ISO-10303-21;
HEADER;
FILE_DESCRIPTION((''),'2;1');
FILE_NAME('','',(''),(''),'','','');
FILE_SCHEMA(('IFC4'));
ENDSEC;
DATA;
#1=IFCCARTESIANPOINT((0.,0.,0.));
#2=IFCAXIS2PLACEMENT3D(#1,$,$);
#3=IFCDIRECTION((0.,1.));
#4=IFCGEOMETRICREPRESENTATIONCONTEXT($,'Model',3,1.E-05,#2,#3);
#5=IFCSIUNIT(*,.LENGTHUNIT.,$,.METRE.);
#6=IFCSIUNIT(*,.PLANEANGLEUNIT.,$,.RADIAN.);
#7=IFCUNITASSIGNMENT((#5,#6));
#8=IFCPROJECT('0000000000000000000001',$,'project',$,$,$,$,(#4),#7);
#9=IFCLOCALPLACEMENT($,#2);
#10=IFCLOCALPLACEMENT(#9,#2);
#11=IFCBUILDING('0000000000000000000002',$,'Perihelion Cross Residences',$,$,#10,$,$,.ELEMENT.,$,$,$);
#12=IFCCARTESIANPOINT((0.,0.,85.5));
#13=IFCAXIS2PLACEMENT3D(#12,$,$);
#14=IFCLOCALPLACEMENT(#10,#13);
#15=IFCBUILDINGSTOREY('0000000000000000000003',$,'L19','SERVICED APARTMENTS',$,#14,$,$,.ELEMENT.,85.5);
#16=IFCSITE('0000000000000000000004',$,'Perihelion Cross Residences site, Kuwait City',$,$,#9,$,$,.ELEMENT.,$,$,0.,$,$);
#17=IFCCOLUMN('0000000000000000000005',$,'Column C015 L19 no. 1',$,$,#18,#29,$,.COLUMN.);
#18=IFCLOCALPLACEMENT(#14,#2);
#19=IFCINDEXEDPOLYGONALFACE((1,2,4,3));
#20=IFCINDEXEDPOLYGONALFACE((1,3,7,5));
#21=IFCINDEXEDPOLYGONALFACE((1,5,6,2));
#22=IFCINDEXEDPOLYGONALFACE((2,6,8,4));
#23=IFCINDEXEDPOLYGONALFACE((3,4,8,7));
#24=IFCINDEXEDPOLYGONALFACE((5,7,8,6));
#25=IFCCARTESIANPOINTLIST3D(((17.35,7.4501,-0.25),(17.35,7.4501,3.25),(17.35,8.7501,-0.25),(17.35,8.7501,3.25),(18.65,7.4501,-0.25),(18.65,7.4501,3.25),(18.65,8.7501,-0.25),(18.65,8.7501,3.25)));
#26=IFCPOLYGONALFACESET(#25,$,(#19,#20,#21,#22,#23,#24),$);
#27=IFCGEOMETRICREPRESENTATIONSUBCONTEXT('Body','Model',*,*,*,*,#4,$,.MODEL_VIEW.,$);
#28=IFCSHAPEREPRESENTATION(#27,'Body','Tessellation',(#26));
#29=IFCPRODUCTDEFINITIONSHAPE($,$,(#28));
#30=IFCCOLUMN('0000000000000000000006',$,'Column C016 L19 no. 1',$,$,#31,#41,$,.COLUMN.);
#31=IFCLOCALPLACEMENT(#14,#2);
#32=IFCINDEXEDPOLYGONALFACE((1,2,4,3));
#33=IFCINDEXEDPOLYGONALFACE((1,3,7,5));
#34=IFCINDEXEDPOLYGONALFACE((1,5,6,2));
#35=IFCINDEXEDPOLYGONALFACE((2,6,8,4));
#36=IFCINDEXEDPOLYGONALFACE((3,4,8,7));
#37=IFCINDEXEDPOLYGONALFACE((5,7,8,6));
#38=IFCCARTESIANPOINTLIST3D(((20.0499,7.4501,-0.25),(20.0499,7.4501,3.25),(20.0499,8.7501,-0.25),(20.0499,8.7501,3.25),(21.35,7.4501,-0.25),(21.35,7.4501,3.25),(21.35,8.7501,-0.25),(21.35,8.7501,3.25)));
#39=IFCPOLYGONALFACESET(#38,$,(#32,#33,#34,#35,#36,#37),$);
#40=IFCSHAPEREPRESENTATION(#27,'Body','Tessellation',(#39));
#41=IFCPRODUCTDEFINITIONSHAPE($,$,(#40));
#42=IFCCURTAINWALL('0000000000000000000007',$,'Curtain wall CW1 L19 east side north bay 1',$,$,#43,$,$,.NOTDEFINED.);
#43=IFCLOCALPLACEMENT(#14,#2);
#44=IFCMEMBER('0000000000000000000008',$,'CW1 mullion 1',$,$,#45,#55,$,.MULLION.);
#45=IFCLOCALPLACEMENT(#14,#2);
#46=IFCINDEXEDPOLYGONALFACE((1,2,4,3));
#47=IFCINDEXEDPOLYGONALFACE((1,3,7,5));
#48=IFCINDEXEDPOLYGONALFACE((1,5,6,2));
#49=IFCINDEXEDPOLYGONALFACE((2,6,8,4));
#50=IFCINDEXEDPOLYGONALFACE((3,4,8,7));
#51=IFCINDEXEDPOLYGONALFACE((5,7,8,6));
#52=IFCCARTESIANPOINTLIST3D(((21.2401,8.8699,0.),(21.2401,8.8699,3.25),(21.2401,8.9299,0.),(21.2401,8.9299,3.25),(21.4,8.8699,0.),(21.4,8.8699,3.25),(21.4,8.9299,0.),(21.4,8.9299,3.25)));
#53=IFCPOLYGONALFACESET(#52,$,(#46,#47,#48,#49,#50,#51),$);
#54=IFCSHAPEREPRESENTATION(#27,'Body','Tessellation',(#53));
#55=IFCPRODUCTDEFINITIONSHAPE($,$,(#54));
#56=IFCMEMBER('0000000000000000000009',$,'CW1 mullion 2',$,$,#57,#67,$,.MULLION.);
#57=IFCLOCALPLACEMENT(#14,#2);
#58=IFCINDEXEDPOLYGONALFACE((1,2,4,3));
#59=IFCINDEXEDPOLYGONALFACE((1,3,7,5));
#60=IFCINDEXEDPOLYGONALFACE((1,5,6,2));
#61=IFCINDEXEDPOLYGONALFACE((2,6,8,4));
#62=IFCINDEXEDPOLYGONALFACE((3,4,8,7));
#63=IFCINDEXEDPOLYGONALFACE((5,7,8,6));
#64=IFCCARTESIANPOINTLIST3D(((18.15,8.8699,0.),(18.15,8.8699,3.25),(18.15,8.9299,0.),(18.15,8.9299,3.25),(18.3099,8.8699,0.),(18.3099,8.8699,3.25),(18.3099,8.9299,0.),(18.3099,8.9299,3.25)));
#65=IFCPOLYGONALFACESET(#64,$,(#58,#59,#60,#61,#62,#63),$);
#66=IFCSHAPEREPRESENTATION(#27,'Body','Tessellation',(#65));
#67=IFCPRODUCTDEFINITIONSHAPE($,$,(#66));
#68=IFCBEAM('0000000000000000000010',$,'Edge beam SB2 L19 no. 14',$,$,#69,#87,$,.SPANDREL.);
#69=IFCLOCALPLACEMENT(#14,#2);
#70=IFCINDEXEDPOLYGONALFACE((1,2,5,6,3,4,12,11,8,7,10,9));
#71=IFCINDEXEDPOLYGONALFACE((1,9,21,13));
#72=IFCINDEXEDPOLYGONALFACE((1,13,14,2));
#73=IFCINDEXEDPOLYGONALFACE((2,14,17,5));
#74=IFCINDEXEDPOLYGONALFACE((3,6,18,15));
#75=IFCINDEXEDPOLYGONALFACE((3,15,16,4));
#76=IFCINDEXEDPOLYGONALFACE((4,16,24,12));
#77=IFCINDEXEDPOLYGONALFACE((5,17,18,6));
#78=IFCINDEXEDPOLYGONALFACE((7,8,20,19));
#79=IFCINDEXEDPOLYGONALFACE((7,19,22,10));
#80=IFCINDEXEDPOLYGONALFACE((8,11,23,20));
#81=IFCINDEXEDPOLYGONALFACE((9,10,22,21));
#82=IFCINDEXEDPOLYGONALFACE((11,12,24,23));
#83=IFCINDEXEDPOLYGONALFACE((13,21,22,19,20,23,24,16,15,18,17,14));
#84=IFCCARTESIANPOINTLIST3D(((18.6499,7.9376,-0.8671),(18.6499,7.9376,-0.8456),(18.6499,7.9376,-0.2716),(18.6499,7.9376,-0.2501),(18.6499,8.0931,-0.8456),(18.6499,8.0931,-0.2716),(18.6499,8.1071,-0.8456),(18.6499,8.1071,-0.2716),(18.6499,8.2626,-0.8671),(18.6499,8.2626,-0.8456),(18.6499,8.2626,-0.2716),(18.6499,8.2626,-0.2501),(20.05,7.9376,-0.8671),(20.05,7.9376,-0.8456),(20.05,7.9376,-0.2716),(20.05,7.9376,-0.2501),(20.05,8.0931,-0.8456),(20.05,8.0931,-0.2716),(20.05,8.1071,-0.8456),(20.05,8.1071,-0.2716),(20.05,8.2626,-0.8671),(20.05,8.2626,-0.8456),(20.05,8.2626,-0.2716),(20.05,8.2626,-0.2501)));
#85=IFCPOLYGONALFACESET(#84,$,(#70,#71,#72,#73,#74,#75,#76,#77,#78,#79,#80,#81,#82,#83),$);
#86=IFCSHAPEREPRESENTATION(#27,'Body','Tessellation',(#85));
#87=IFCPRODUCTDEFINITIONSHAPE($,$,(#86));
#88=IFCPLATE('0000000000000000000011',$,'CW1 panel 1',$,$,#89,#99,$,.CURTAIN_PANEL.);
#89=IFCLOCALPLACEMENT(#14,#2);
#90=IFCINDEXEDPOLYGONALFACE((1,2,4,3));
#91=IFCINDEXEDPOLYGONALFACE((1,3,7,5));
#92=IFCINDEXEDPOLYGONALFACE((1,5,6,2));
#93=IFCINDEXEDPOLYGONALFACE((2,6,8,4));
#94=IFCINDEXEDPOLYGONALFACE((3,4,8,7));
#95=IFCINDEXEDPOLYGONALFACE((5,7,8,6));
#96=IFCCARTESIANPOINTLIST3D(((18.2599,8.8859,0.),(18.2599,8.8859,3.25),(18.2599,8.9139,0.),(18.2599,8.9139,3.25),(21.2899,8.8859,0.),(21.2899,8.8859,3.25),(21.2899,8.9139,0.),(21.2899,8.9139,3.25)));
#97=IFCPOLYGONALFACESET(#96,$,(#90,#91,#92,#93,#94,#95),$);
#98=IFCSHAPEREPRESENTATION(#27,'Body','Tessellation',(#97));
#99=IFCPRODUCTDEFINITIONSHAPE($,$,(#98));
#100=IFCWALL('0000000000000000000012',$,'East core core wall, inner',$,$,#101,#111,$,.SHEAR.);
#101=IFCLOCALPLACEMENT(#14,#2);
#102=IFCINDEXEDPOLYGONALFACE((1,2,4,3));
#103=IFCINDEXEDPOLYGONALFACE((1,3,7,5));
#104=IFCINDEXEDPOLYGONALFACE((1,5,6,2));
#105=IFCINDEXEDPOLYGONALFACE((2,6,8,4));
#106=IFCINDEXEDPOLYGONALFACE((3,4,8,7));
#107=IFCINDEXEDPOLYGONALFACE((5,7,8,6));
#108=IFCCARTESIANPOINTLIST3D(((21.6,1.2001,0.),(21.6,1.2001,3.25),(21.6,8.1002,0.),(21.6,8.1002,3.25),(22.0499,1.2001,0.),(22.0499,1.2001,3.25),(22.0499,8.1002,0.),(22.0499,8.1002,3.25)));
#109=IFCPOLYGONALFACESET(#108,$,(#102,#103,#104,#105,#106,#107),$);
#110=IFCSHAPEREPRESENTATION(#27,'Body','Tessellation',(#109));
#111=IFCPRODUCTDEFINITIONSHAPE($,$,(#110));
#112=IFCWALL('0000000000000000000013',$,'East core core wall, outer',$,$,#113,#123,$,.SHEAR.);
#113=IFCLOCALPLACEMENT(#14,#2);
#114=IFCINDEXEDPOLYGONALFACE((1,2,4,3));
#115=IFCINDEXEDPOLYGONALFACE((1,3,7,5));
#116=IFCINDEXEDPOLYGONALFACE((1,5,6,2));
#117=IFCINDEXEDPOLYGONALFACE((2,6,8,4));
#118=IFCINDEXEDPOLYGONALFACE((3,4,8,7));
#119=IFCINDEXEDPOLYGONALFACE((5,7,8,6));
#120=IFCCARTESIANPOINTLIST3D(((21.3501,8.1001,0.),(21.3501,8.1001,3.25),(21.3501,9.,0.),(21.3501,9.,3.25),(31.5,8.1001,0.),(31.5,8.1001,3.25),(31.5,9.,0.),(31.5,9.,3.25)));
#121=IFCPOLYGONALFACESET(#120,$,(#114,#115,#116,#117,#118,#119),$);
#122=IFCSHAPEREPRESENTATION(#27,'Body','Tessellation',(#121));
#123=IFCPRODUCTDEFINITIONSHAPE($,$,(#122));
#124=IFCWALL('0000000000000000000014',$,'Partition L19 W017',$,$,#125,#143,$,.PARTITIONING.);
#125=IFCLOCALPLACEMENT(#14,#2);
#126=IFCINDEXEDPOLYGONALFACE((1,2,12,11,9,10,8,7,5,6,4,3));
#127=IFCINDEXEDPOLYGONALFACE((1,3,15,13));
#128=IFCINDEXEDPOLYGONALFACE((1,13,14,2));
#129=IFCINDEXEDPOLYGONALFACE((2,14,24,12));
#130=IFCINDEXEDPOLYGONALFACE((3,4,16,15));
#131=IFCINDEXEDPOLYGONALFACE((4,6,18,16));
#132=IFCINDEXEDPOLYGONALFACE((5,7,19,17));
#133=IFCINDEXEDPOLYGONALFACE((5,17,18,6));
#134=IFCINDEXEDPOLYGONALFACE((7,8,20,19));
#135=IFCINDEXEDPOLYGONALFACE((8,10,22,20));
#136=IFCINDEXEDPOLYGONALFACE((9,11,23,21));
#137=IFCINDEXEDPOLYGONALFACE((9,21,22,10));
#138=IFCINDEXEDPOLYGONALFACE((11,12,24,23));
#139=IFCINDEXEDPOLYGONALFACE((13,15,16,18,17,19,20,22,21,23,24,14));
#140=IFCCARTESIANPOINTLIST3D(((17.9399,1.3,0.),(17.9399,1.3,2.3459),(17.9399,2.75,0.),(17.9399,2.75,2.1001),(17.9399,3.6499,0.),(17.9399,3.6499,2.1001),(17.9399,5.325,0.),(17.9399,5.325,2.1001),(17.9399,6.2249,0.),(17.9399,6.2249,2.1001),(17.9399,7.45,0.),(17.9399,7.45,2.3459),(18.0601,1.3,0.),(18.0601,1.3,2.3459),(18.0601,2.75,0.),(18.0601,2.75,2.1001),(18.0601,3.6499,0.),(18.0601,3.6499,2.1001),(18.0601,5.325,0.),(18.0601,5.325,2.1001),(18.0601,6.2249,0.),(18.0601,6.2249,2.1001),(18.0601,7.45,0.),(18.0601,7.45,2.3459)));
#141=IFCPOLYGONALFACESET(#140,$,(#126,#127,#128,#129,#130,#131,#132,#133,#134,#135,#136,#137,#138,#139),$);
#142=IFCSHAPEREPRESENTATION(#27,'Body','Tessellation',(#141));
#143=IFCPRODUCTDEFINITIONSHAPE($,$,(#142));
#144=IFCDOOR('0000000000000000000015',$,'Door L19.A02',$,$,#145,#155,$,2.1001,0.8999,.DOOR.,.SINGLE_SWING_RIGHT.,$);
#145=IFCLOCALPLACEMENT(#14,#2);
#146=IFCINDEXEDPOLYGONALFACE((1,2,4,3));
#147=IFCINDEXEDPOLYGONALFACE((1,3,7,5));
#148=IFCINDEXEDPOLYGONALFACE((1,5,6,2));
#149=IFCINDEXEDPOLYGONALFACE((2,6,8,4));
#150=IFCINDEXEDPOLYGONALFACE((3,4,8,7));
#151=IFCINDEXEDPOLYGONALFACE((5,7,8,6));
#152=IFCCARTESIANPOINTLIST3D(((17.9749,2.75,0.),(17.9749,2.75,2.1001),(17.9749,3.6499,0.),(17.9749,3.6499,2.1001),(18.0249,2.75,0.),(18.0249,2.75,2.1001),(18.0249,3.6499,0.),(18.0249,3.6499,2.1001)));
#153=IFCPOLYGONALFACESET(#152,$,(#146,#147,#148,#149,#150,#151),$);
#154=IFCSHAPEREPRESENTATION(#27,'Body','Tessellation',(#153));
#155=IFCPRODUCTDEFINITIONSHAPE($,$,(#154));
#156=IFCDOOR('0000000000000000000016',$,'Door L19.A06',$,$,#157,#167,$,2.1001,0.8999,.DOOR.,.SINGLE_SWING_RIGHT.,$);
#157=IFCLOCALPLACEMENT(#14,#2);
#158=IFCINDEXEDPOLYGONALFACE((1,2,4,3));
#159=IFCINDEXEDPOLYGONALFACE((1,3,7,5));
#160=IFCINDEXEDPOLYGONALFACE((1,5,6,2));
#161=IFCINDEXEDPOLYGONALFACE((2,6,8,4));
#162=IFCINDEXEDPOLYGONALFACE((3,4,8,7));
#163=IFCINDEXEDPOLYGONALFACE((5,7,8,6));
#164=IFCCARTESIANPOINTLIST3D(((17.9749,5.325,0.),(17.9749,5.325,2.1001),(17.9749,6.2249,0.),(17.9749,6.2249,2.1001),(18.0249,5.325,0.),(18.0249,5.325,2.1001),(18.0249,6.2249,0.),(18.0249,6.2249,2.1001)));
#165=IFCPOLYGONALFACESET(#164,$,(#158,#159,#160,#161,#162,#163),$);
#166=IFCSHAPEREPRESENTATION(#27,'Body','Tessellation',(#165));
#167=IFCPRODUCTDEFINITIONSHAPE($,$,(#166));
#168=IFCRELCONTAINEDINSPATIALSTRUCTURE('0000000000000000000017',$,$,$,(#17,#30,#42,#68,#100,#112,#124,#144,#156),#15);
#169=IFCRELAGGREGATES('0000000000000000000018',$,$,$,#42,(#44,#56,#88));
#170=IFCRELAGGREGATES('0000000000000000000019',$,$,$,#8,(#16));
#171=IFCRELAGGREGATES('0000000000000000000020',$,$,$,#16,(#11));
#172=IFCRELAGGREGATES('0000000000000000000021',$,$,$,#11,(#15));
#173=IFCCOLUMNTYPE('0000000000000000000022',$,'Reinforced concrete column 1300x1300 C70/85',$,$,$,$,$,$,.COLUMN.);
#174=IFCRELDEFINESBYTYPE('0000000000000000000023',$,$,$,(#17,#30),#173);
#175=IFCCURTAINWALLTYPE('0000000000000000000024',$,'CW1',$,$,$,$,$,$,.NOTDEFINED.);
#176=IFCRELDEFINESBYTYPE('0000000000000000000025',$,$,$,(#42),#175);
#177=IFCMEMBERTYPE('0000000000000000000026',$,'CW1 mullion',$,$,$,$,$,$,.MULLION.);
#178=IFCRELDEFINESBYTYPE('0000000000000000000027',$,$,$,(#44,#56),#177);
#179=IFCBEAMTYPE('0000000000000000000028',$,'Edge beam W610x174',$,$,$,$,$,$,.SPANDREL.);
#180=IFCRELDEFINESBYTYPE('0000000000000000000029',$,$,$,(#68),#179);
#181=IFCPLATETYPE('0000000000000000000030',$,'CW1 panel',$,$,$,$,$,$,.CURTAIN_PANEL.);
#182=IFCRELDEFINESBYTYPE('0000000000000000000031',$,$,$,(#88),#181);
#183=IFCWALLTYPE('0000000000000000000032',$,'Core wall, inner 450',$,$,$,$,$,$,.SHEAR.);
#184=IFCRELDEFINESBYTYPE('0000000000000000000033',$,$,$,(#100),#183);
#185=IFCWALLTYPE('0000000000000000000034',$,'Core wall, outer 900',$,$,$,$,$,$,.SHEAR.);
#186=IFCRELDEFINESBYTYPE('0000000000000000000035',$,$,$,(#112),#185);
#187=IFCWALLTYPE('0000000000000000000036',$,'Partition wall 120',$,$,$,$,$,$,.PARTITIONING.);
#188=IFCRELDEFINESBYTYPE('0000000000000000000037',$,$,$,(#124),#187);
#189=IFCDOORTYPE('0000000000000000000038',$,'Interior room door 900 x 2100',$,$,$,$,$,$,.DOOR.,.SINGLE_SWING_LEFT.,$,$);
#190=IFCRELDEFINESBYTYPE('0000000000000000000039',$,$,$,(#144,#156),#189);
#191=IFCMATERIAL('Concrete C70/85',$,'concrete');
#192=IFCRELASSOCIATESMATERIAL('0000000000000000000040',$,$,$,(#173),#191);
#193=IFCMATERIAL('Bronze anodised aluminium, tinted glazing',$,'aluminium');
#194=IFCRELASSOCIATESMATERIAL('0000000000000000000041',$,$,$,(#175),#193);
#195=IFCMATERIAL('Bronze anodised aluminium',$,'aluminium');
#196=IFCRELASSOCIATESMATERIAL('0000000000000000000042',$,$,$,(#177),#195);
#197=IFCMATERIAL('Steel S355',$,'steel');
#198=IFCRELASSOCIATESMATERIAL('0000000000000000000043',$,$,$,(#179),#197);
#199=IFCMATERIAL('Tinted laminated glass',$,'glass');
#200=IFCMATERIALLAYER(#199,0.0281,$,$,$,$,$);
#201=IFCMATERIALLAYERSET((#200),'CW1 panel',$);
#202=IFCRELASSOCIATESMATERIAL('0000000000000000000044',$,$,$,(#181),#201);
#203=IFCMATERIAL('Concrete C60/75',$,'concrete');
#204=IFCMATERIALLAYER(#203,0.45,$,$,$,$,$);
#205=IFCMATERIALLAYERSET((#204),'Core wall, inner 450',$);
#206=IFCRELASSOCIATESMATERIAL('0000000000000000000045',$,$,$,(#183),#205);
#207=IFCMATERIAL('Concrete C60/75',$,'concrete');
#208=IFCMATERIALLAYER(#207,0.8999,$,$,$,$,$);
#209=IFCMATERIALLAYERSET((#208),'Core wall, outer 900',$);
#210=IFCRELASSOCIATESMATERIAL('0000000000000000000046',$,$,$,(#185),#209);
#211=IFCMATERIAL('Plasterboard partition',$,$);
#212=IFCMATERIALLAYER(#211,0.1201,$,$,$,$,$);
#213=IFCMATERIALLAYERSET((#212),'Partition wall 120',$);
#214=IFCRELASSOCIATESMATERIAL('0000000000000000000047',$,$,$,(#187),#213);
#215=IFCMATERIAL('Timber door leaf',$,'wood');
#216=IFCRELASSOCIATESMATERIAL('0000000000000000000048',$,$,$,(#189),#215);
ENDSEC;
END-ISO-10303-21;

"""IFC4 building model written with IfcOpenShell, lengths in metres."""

from ifc_helpers import new_model, si_unit, direction, frame, frame_2d, origin, origin_2d, place, context, subcontext, project, spatial, rectangle, i_section, extrude, material, layer, layer_set, material_profile, profile_set, type_object, element, fill, aggregate, save


model = new_model("IFC4")

# Units and contexts
model_context = context("Model", 3, precision=1e-05, world=origin(), true_north=direction((0.0, 1.0)))
body_context = subcontext(model_context, "Body", "Model", "MODEL_VIEW")
ifc_project = project(units=[si_unit("LENGTHUNIT", "METRE"), si_unit("PLANEANGLEUNIT", "RADIAN")], contexts=[model_context])

# Site, building, storey
site_placement = place(None, origin())
site = spatial("IfcSite", under=ifc_project, at=site_placement, Name="Perihelion Cross Residences site, Kuwait City", CompositionType="ELEMENT", RefElevation=0.0)
building_placement = place(site_placement, origin())
building = spatial("IfcBuilding", under=site, at=building_placement, Name="Perihelion Cross Residences", CompositionType="ELEMENT")
storey_placement = place(building_placement, frame((0.0, 0.0, 85.5)))
storey = spatial("IfcBuildingStorey", under=building, at=storey_placement, Name="L19", Description="SERVICED APARTMENTS", CompositionType="ELEMENT", Elevation=85.5)

# Columns
ifc_material_1 = material(Name="Concrete C70/85", Category="concrete")
ifc_material_profile_1 = material_profile(ifc_material_1, rectangle(XDim=1.3, YDim=1.3, at=origin_2d()), Name="RC 1300x1300")
ifc_profile_set_1 = profile_set([ifc_material_profile_1], Name="Concrete C70/85")
column_type = type_object("IfcColumnType", Name="Reinforced concrete column 1300x1300 C70/85", PredefinedType="COLUMN", material=ifc_profile_set_1)
for number, where, z_axis, x_axis, name in (
    (1, (18.0, 8.1001, -0.25), (0.0, 0.0, 1.0), (1.0, 0.0, 0.0), "Column C015 L19 no. 1"),
    (2, (20.7, 8.1001, -0.25), (0.0, 0.0, 1.0), (1.0, 0.0, 0.0), "Column C016 L19 no. 1"),
):
    element("IfcColumn", number, at=place(storey_placement, frame(where, z_axis=z_axis, x_axis=x_axis)), inside=storey, type_object=column_type, Name=name, PredefinedType="COLUMN", context=body_context, shape_type="SweptSolid", body=[
        extrude(rectangle(XDim=1.3, YDim=1.3, at=origin_2d()), origin(), (0.0, 0.0, 1.0), 3.5),
    ])

# Curtain wall, members
ifc_material_2 = material(Name="Bronze anodised aluminium, tinted glazing", Category="aluminium")
curtain_wall_type = type_object("IfcCurtainWallType", Name="CW1", PredefinedType="NOTDEFINED", material=ifc_material_2)
curtain_wall_placement = place(storey_placement, origin())
curtain_wall = element("IfcCurtainWall", 3, at=curtain_wall_placement, inside=storey, type_object=curtain_wall_type, Name="Curtain wall CW1 L19 east side north bay 1", PredefinedType="NOTDEFINED")
ifc_material_3 = material(Name="Bronze anodised aluminium", Category="aluminium")
ifc_material_profile_2 = material_profile(ifc_material_3, rectangle(XDim=0.0601, YDim=0.1599, at=origin_2d()), Name="CW1 mullion")
ifc_profile_set_2 = profile_set([ifc_material_profile_2], Name="Bronze anodised aluminium")
member_type = type_object("IfcMemberType", Name="CW1 mullion", PredefinedType="MULLION", material=ifc_profile_set_2)
member_1_placement = place(storey_placement, frame((21.3201, 8.8999, 0.0), z_axis=(0.0, 0.0, 1.0), x_axis=(0.0, -1.0, 0.0)))
member_1 = element("IfcMember", 4, at=member_1_placement, type_object=member_type, Name="CW1 mullion 1", PredefinedType="MULLION", context=body_context, shape_type="SweptSolid", body=[
    extrude(rectangle(XDim=0.0601, YDim=0.1599, at=origin_2d()), origin(), (0.0, 0.0, 1.0), 3.25),
])
member_2_placement = place(storey_placement, frame((18.23, 8.8999, 0.0), z_axis=(0.0, 0.0, 1.0), x_axis=(0.0, -1.0, 0.0)))
member_2 = element("IfcMember", 5, at=member_2_placement, type_object=member_type, Name="CW1 mullion 2", PredefinedType="MULLION", context=body_context, shape_type="SweptSolid", body=[
    extrude(rectangle(XDim=0.0601, YDim=0.1599, at=origin_2d()), origin(), (0.0, 0.0, 1.0), 3.25),
])

# Beam
ifc_material_4 = material(Name="Steel S355", Category="steel")
ifc_material_profile_3 = material_profile(ifc_material_4, i_section(OverallWidth=0.325, OverallDepth=0.6169, WebThickness=0.0139, FlangeThickness=0.0215, at=origin_2d()), Name="W610x174")
ifc_profile_set_3 = profile_set([ifc_material_profile_3], Name="Steel S355")
beam_type = type_object("IfcBeamType", Name="Edge beam W610x174", PredefinedType="SPANDREL", material=ifc_profile_set_3)
beam_placement = place(storey_placement, frame((20.05, 8.1001, -0.5586), z_axis=(-1.0, 0.0, 0.0), x_axis=(0.0, -1.0, 0.0)))
element("IfcBeam", 6, at=beam_placement, inside=storey, type_object=beam_type, Name="Edge beam SB2 L19 no. 14", PredefinedType="SPANDREL", context=body_context, shape_type="SweptSolid", body=[
    extrude(i_section(OverallWidth=0.325, OverallDepth=0.6169, WebThickness=0.0139, FlangeThickness=0.0215, at=origin_2d()), origin(), (0.0, 0.0, 1.0), 1.4001),
])

# Plate
ifc_material_5 = material(Name="Tinted laminated glass", Category="glass")
ifc_layer_1 = layer(ifc_material_5, 0.0281)
ifc_layer_set_1 = layer_set([ifc_layer_1], Name="CW1 panel")
plate_type = type_object("IfcPlateType", Name="CW1 panel", PredefinedType="CURTAIN_PANEL", material=ifc_layer_set_1)
plate_placement = place(storey_placement, frame((19.7749, 8.8999, 0.0), z_axis=(0.0, 0.0, 1.0), x_axis=(-1.0, 0.0, 0.0)))
plate = element("IfcPlate", 7, at=plate_placement, type_object=plate_type, Name="CW1 panel 1", PredefinedType="CURTAIN_PANEL", context=body_context, shape_type="SweptSolid", body=[
    extrude(rectangle(XDim=3.03, YDim=0.0281, at=origin_2d()), origin(), (0.0, 0.0, 1.0), 3.25),
])
aggregate(curtain_wall, [member_1, member_2, plate])

# Walls
ifc_material_6 = material(Name="Concrete C60/75", Category="concrete")
ifc_layer_2 = layer(ifc_material_6, 0.45)
ifc_layer_set_2 = layer_set([ifc_layer_2], Name="Core wall, inner 450")
wall_type_1 = type_object("IfcWallType", Name="Core wall, inner 450", PredefinedType="SHEAR", material=ifc_layer_set_2)
wall_1_placement = place(storey_placement, frame((21.825, 1.2, 0.0), z_axis=(0.0, 0.0, 1.0), x_axis=(0.0, 1.0, 0.0)))
element("IfcWall", 8, at=wall_1_placement, inside=storey, type_object=wall_type_1, Name="East core core wall, inner", PredefinedType="SHEAR", context=body_context, shape_type="SweptSolid", body=[
    extrude(rectangle(XDim=6.9001, YDim=0.45, at=frame_2d((3.4502, 0.0))), origin(), (0.0, 0.0, 1.0), 3.25),
])
ifc_material_7 = material(Name="Concrete C60/75", Category="concrete")
ifc_layer_3 = layer(ifc_material_7, 0.8999)
ifc_layer_set_3 = layer_set([ifc_layer_3], Name="Core wall, outer 900")
wall_type_2 = type_object("IfcWallType", Name="Core wall, outer 900", PredefinedType="SHEAR", material=ifc_layer_set_3)
wall_2_placement = place(storey_placement, frame((21.3501, 8.55, 0.0), z_axis=(0.0, 0.0, 1.0), x_axis=(1.0, 0.0, 0.0)))
element("IfcWall", 9, at=wall_2_placement, inside=storey, type_object=wall_type_2, Name="East core core wall, outer", PredefinedType="SHEAR", context=body_context, shape_type="SweptSolid", body=[
    extrude(rectangle(XDim=10.1499, YDim=0.8999, at=frame_2d((5.075, 0.0))), origin(), (0.0, 0.0, 1.0), 3.25),
])

# Wall, openings, doors
ifc_material_8 = material(Name="Plasterboard partition")
ifc_layer_4 = layer(ifc_material_8, 0.1201)
ifc_layer_set_4 = layer_set([ifc_layer_4], Name="Partition wall 120")
wall_type_3 = type_object("IfcWallType", Name="Partition wall 120", PredefinedType="PARTITIONING", material=ifc_layer_set_4)
wall_3_placement = place(storey_placement, frame((18.0, 7.45, 0.0), z_axis=(0.0, 0.0, 1.0), x_axis=(0.0, -1.0, 0.0)))
wall_3 = element("IfcWall", 10, at=wall_3_placement, inside=storey, type_object=wall_type_3, Name="Partition L19 W017", PredefinedType="PARTITIONING", context=body_context, shape_type="SweptSolid", body=[
    extrude(rectangle(XDim=6.1499, YDim=0.1201, at=frame_2d((3.075, 0.0))), origin(), (0.0, 0.0, 1.0), 2.3459),
])
opening_1_placement = place(wall_3_placement, frame((3.8, 0.0, 0.0)))
opening_1 = element("IfcOpeningElement", 11, at=opening_1_placement, cuts=wall_3, PredefinedType="OPENING", context=body_context, shape_type="SweptSolid", body=[
    extrude(rectangle(XDim=0.8999, YDim=2.1001, at=frame_2d((0.45, 1.05))), frame((0.0, 0.0701, 0.0), z_axis=(0.0, -1.0, 0.0), x_axis=(1.0, 0.0, 0.0)), (0.0, 0.0, 1.0), 0.1401),
])
opening_2_placement = place(wall_3_placement, frame((1.2251, 0.0, 0.0)))
opening_2 = element("IfcOpeningElement", 12, at=opening_2_placement, cuts=wall_3, PredefinedType="OPENING", context=body_context, shape_type="SweptSolid", body=[
    extrude(rectangle(XDim=0.8999, YDim=2.1001, at=frame_2d((0.45, 1.05))), frame((0.0, 0.0701, 0.0), z_axis=(0.0, -1.0, 0.0), x_axis=(1.0, 0.0, 0.0)), (0.0, 0.0, 1.0), 0.1401),
])
ifc_material_9 = material(Name="Timber door leaf", Category="wood")
door_type_1 = type_object("IfcDoorType", Name="Interior room door 900 x 2100", OperationType="SINGLE_SWING_LEFT", PredefinedType="DOOR", material=ifc_material_9)
door_1_placement = place(opening_1_placement, origin())
door_1 = element("IfcDoor", 13, at=door_1_placement, inside=storey, type_object=door_type_1, Name="Door L19.A02", OperationType="SINGLE_SWING_RIGHT", OverallHeight=2.1001, OverallWidth=0.8999, PredefinedType="DOOR", context=body_context, shape_type="SweptSolid", body=[
    extrude(rectangle(XDim=0.8999, YDim=2.1001, at=frame_2d((0.45, 1.05))), frame((0.0, 0.0249, 0.0), z_axis=(0.0, -1.0, 0.0), x_axis=(1.0, 0.0, 0.0)), (0.0, 0.0, 1.0), 0.05),
])
fill(opening_1, door_1)
door_2_placement = place(opening_2_placement, origin())
door_2 = element("IfcDoor", 14, at=door_2_placement, inside=storey, type_object=door_type_1, Name="Door L19.A06", OperationType="SINGLE_SWING_RIGHT", OverallHeight=2.1001, OverallWidth=0.8999, PredefinedType="DOOR", context=body_context, shape_type="SweptSolid", body=[
    extrude(rectangle(XDim=0.8999, YDim=2.1001, at=frame_2d((0.45, 1.05))), frame((0.0, 0.0249, 0.0), z_axis=(0.0, -1.0, 0.0), x_axis=(1.0, 0.0, 0.0)), (0.0, 0.0, 1.0), 0.05),
])
fill(opening_2, door_2)

save(model, "model.ifc")
